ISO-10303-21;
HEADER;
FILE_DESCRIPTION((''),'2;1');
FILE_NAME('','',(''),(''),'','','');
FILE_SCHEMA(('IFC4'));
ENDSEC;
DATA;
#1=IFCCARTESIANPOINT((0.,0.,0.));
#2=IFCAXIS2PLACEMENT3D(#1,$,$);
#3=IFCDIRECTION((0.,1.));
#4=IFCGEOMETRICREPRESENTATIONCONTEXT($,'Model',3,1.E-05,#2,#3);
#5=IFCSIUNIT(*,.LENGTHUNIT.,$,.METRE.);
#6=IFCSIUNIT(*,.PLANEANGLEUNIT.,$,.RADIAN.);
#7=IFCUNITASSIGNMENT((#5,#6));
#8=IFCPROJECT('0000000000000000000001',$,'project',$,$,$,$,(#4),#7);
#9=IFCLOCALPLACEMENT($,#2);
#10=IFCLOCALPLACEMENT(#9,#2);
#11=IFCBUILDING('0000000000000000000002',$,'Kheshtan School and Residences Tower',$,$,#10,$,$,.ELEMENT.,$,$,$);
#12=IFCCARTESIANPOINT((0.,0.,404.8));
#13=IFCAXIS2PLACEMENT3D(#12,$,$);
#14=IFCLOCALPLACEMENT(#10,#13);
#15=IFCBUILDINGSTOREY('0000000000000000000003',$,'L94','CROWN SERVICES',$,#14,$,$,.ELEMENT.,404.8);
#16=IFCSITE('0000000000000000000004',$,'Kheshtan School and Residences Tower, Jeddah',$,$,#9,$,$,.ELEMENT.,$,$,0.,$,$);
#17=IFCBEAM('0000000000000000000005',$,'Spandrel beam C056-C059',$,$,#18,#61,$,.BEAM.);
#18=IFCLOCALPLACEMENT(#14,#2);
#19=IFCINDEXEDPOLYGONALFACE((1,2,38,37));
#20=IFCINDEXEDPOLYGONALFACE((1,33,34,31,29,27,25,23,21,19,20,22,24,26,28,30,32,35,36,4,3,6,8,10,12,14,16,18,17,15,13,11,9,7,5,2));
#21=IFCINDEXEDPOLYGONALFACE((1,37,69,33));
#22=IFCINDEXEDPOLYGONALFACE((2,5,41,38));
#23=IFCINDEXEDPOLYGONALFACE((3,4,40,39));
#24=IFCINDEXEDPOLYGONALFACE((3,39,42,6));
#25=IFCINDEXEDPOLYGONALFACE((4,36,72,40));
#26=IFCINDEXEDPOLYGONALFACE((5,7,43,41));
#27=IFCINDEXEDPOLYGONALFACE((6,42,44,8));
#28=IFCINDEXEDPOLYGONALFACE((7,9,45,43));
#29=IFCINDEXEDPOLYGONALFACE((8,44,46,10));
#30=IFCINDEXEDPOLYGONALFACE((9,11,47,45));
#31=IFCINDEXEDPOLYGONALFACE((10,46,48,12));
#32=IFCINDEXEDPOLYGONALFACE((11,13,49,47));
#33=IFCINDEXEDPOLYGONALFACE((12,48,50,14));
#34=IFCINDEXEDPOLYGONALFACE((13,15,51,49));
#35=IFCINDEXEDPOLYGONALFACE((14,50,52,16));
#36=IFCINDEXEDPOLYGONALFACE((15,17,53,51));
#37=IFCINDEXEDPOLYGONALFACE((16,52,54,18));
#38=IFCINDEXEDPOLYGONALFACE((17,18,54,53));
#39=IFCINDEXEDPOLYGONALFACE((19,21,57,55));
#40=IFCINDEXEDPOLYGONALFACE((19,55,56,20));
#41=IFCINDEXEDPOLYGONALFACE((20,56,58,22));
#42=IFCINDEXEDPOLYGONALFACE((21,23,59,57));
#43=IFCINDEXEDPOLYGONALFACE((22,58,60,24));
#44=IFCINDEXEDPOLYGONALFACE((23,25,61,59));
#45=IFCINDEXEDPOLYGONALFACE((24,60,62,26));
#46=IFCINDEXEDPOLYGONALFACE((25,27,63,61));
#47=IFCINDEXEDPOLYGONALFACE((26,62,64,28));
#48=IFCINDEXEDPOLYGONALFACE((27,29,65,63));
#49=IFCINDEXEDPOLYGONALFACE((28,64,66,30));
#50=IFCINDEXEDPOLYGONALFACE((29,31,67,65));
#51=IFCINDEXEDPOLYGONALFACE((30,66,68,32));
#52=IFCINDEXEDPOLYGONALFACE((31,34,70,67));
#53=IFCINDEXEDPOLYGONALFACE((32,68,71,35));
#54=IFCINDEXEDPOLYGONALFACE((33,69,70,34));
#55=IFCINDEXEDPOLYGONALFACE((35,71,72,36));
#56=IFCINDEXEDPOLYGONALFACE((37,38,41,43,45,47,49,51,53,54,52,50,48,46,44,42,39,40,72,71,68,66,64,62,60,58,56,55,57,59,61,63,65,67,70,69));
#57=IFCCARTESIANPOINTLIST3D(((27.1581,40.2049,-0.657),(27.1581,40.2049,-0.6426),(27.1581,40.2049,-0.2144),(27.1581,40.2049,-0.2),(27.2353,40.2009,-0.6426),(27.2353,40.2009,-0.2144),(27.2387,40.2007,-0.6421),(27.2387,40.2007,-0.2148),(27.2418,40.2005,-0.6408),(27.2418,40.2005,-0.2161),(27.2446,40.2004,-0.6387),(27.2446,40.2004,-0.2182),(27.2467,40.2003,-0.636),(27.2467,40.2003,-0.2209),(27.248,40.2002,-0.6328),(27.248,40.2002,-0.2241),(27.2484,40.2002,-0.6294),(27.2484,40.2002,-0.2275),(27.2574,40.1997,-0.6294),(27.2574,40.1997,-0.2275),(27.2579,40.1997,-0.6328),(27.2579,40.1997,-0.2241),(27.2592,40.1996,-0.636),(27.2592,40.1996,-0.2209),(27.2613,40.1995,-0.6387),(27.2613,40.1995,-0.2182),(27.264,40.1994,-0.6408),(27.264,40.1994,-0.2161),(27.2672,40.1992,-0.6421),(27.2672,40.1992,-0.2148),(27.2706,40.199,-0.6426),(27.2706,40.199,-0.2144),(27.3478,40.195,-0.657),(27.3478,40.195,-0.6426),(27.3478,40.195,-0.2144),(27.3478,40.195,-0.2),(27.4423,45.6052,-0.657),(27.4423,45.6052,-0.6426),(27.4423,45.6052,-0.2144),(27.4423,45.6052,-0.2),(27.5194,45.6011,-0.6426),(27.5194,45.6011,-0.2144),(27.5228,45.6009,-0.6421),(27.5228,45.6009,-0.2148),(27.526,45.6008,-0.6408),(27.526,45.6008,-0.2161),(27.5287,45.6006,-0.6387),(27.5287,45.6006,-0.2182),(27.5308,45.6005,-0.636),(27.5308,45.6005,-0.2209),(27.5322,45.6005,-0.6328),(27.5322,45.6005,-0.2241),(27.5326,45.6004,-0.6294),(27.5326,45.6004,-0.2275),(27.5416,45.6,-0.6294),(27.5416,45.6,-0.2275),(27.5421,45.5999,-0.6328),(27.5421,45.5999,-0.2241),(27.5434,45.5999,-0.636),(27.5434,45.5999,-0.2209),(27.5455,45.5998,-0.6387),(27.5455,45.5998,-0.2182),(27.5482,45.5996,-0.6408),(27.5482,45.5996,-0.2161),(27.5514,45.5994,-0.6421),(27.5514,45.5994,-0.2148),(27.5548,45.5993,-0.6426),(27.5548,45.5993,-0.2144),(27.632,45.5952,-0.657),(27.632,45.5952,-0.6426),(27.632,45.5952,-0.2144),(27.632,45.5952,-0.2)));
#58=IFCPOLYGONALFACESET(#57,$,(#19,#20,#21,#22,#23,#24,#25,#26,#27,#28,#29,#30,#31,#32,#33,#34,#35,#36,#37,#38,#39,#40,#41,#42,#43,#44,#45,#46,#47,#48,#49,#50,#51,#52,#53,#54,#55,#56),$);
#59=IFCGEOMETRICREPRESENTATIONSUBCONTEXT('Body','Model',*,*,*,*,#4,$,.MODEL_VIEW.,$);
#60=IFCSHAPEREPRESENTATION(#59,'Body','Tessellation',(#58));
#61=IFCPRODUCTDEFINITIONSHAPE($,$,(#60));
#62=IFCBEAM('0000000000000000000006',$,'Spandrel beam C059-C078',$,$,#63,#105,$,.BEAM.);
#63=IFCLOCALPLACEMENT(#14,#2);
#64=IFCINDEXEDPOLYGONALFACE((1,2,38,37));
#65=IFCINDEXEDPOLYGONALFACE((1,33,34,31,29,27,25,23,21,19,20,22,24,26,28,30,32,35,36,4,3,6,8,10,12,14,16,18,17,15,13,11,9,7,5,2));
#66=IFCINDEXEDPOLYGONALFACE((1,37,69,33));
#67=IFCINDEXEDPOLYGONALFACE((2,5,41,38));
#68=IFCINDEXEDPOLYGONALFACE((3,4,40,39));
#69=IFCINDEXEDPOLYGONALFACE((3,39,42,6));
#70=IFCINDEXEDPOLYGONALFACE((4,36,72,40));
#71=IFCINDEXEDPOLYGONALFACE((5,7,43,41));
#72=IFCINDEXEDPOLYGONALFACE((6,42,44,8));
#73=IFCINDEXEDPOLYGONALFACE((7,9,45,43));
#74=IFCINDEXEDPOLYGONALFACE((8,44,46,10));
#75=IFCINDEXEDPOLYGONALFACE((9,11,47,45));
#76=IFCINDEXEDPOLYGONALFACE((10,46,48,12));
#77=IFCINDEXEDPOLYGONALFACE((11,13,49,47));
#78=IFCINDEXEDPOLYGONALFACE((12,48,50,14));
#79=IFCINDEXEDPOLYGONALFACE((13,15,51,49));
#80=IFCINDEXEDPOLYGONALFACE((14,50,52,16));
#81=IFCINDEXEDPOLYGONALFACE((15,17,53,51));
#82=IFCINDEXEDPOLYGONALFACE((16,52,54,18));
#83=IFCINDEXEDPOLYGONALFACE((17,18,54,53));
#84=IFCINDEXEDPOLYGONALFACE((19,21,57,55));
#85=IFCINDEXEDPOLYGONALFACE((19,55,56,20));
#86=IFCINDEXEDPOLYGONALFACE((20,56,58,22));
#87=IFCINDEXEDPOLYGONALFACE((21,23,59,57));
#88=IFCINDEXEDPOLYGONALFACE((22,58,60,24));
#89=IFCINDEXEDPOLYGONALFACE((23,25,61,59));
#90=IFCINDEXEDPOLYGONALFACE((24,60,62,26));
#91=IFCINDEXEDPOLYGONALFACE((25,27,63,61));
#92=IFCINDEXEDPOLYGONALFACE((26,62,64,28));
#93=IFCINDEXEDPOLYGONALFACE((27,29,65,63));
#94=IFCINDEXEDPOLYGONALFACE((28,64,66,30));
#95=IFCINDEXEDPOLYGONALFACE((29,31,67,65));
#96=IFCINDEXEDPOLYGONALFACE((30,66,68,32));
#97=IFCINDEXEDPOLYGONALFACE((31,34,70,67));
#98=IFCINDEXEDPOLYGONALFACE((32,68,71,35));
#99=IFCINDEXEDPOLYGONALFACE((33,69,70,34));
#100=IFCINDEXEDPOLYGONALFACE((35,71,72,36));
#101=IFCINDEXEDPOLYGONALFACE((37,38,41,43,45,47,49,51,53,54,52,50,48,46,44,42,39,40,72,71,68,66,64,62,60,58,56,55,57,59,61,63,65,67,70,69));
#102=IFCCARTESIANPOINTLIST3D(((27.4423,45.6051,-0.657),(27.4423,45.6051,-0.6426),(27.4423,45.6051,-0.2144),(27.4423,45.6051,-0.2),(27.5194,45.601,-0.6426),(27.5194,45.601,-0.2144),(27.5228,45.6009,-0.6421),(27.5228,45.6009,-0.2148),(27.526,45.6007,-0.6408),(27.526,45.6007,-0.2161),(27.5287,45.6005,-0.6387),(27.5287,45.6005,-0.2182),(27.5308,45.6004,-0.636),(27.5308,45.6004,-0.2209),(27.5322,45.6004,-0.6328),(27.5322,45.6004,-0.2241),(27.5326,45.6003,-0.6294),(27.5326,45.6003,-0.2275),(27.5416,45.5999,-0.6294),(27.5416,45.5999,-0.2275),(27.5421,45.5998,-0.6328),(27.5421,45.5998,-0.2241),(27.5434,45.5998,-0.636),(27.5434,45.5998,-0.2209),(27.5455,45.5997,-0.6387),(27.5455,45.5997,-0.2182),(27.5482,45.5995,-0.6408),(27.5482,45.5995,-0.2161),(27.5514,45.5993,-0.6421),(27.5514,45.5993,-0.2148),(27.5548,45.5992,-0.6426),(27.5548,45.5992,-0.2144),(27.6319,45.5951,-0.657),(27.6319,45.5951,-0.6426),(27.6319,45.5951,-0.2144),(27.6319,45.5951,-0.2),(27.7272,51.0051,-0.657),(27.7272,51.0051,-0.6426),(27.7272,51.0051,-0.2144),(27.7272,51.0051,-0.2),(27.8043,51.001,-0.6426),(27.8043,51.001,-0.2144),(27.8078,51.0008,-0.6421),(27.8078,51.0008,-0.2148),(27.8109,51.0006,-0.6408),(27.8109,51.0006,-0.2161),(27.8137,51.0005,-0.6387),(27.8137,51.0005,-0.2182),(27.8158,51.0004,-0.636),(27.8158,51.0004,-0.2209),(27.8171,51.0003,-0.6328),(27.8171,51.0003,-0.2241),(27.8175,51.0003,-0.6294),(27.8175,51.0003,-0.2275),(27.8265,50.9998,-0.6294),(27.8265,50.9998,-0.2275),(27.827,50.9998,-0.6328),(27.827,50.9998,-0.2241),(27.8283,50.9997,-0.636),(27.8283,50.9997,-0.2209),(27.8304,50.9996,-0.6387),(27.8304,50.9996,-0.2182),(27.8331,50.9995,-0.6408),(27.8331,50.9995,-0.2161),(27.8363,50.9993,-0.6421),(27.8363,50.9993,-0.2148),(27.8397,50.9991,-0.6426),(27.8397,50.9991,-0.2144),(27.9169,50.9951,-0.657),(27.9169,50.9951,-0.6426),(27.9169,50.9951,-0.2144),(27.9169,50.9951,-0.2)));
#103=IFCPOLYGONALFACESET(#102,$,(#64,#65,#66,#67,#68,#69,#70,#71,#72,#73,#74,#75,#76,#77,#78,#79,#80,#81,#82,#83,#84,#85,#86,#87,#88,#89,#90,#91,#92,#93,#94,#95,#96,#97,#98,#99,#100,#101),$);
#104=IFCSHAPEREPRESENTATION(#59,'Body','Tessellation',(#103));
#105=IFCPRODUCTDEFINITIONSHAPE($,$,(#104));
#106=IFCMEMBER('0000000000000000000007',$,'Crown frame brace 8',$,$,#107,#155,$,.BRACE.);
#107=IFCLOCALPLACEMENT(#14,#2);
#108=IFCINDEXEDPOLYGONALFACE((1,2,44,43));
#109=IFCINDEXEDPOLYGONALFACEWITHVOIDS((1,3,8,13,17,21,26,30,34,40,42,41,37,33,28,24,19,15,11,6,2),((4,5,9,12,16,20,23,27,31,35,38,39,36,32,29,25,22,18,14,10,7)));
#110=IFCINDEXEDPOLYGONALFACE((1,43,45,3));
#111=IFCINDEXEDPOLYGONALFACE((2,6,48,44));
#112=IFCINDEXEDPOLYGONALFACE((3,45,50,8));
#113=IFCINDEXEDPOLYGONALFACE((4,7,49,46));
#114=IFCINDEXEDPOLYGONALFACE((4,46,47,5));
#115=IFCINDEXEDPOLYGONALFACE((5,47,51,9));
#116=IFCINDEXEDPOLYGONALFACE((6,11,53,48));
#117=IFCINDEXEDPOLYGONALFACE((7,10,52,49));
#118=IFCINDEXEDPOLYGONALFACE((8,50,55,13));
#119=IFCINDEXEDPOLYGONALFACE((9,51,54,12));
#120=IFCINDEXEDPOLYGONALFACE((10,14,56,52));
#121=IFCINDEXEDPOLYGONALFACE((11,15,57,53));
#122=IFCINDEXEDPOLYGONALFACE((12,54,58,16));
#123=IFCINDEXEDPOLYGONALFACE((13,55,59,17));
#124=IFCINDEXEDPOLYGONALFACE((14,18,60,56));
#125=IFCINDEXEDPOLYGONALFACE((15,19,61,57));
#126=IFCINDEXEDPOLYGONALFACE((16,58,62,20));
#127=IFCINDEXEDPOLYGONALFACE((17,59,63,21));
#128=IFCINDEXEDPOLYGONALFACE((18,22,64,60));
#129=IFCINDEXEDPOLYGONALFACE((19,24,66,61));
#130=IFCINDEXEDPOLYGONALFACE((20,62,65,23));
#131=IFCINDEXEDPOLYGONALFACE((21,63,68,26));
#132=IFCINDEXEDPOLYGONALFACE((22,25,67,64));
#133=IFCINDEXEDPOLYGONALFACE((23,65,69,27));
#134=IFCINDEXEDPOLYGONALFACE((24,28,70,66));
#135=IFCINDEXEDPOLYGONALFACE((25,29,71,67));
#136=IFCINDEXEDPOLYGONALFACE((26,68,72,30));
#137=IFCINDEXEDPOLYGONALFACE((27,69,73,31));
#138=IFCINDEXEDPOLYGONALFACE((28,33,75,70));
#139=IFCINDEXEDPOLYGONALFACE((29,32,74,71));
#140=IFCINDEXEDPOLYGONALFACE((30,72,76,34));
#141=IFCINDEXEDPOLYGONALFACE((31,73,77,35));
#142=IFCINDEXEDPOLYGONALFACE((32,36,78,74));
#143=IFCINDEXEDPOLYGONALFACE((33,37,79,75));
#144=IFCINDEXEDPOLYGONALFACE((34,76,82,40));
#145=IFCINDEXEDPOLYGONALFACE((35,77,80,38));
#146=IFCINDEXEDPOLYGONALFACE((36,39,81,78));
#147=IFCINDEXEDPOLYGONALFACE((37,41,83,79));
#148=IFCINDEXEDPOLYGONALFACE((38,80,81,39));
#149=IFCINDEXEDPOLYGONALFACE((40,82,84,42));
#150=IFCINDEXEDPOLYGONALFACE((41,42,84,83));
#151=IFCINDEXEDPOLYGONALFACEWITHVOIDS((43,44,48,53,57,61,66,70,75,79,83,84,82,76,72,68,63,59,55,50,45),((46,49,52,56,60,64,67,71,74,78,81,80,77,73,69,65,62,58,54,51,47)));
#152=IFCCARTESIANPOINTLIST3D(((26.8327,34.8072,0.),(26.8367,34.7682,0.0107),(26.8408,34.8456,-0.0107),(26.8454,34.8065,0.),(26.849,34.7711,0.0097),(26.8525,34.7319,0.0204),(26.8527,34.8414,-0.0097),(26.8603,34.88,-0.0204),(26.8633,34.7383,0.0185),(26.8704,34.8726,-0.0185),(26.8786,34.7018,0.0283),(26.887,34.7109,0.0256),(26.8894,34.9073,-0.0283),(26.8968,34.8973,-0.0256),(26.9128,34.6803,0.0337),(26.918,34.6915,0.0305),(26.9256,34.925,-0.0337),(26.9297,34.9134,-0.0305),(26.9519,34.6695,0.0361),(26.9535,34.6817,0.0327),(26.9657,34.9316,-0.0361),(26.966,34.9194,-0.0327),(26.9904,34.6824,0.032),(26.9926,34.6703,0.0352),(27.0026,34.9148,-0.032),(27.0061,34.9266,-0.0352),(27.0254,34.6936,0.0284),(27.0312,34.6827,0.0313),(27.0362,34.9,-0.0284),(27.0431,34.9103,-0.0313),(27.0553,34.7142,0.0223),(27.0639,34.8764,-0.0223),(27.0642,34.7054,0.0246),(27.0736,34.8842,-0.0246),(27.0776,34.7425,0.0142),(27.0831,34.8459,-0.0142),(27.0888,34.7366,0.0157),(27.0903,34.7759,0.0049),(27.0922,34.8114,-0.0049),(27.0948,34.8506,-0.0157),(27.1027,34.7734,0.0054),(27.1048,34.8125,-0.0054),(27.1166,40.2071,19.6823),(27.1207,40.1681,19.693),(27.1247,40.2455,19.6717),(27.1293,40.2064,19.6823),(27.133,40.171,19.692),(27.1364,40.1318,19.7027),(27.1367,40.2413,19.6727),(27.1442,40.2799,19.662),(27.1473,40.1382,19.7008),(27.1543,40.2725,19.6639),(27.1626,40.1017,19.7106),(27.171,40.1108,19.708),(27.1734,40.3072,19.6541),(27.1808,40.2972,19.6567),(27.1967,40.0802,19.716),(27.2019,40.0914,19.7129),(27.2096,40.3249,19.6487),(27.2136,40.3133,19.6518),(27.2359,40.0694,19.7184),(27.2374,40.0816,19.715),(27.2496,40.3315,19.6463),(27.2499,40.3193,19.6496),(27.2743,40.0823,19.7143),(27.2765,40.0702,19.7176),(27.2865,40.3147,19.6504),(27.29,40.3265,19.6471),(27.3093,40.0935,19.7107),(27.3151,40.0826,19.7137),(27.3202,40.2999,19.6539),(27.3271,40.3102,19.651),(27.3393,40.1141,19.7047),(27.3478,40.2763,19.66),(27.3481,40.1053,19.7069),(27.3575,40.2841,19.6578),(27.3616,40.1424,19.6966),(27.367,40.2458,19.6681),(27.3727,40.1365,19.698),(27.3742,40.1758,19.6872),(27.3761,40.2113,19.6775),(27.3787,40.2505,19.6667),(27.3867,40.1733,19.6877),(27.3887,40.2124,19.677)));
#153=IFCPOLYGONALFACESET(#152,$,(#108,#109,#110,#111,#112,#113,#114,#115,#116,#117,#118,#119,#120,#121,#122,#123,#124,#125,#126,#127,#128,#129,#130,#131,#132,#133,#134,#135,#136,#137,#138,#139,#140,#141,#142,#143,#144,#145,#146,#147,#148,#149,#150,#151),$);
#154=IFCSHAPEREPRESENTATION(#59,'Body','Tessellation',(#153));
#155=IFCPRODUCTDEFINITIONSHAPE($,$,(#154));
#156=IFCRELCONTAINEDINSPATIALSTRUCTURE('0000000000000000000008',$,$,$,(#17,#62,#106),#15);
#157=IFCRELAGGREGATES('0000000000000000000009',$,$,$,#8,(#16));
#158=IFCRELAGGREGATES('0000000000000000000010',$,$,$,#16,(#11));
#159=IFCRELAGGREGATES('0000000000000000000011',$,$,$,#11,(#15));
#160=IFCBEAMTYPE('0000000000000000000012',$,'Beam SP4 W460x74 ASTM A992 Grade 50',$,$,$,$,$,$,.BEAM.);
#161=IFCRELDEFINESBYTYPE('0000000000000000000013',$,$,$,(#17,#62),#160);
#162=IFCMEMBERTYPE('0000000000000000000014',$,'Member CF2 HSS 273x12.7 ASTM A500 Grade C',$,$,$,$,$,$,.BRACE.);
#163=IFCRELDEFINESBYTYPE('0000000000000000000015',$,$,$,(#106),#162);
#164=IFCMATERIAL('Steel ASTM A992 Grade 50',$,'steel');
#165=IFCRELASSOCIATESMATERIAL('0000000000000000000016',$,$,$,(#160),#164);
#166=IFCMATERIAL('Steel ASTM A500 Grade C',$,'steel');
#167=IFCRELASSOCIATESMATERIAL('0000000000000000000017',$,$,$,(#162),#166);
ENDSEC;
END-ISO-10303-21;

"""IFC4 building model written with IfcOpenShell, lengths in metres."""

from ifc_helpers import new_model, si_unit, direction, frame, origin, origin_2d, place, context, subcontext, project, spatial, hollow_circle, i_section, extrude, material, material_profile, profile_set, type_object, element, save


model = new_model("IFC4")

# Units and contexts
model_context = context("Model", 3, precision=1e-05, world=origin(), true_north=direction((0.0, 1.0)))
body_context = subcontext(model_context, "Body", "Model", "MODEL_VIEW")
ifc_project = project(units=[si_unit("LENGTHUNIT", "METRE"), si_unit("PLANEANGLEUNIT", "RADIAN")], contexts=[model_context])

# Site, building, storey
site_placement = place(None, origin())
site = spatial("IfcSite", under=ifc_project, at=site_placement, Name="Kheshtan School and Residences Tower, Jeddah", CompositionType="ELEMENT", RefElevation=0.0)
building_placement = place(site_placement, origin())
building = spatial("IfcBuilding", under=site, at=building_placement, Name="Kheshtan School and Residences Tower", CompositionType="ELEMENT")
storey_placement = place(building_placement, frame((0.0, 0.0, 404.8)))
storey = spatial("IfcBuildingStorey", under=building, at=storey_placement, Name="L94", Description="CROWN SERVICES", CompositionType="ELEMENT", Elevation=404.8)

# Shared definitions
ifc_material_1 = material(Name="Steel ASTM A500 Grade C", Category="steel")

# Beams
ifc_material_2 = material(Name="Steel ASTM A992 Grade 50", Category="steel")
ifc_material_profile_1 = material_profile(ifc_material_2, i_section(OverallWidth=0.1899, OverallDepth=0.457, WebThickness=0.009, FlangeThickness=0.0144, FilletRadius=0.0132, at=origin_2d()), Name="W460x74")
ifc_profile_set_1 = profile_set([ifc_material_profile_1], Name="Steel ASTM A992 Grade 50")
beam_type_1 = type_object("IfcBeamType", Name="Beam SP4 W460x74 ASTM A992 Grade 50", PredefinedType="BEAM", material=ifc_profile_set_1)
beam_1_placement = place(storey_placement, frame((27.2529, 40.2, -0.4285), z_axis=(0.052552, 0.998618, 0.0), x_axis=(-0.998618, 0.052552, 0.0)))
element("IfcBeam", 1, at=beam_1_placement, inside=storey, type_object=beam_type_1, Name="Spandrel beam C056-C059", PredefinedType="BEAM", context=body_context, shape_type="SweptSolid", body=[
    extrude(i_section(OverallWidth=0.1899, OverallDepth=0.457, WebThickness=0.009, FlangeThickness=0.0144, FilletRadius=0.0132, at=origin_2d()), origin(), (0.0, 0.0, 1.0), 5.4077),
])
beam_2_placement = place(storey_placement, frame((27.5371, 45.6001, -0.4285), z_axis=(0.052689, 0.998611, 0.0), x_axis=(-0.998611, 0.052689, 0.0)))
element("IfcBeam", 2, at=beam_2_placement, inside=storey, type_object=beam_type_1, Name="Spandrel beam C059-C078", PredefinedType="BEAM", context=body_context, shape_type="SweptSolid", body=[
    extrude(i_section(OverallWidth=0.1899, OverallDepth=0.457, WebThickness=0.009, FlangeThickness=0.0144, FilletRadius=0.0132, at=origin_2d()), origin(), (0.0, 0.0, 1.0), 5.4075),
])

# Member
ifc_material_profile_2 = material_profile(ifc_material_1, hollow_circle(Radius=0.1365, WallThickness=0.0127, at=origin_2d()), Name="HSS 273x12.7")
ifc_profile_set_2 = profile_set([ifc_material_profile_2], Name="Steel ASTM A500 Grade C")
member_type = type_object("IfcMemberType", Name="Member CF2 HSS 273x12.7 ASTM A500 Grade C", PredefinedType="BRACE", material=ifc_profile_set_2)
for number, where, z_axis, x_axis, name in (
    (3, (26.969, 34.8, 0.0), (0.01391, 0.26455, 0.964272), (-0.99862, 0.052509, 0.0), "Crown frame brace 8"),
):
    element("IfcMember", number, at=place(storey_placement, frame(where, z_axis=z_axis, x_axis=x_axis)), inside=storey, type_object=member_type, Name=name, PredefinedType="BRACE", context=body_context, shape_type="SweptSolid", body=[
        extrude(hollow_circle(Radius=0.1365, WallThickness=0.0127, at=origin_2d()), origin(), (0.0, 0.0, 1.0), 20.4116),
    ])

save(model, "model.ifc")
